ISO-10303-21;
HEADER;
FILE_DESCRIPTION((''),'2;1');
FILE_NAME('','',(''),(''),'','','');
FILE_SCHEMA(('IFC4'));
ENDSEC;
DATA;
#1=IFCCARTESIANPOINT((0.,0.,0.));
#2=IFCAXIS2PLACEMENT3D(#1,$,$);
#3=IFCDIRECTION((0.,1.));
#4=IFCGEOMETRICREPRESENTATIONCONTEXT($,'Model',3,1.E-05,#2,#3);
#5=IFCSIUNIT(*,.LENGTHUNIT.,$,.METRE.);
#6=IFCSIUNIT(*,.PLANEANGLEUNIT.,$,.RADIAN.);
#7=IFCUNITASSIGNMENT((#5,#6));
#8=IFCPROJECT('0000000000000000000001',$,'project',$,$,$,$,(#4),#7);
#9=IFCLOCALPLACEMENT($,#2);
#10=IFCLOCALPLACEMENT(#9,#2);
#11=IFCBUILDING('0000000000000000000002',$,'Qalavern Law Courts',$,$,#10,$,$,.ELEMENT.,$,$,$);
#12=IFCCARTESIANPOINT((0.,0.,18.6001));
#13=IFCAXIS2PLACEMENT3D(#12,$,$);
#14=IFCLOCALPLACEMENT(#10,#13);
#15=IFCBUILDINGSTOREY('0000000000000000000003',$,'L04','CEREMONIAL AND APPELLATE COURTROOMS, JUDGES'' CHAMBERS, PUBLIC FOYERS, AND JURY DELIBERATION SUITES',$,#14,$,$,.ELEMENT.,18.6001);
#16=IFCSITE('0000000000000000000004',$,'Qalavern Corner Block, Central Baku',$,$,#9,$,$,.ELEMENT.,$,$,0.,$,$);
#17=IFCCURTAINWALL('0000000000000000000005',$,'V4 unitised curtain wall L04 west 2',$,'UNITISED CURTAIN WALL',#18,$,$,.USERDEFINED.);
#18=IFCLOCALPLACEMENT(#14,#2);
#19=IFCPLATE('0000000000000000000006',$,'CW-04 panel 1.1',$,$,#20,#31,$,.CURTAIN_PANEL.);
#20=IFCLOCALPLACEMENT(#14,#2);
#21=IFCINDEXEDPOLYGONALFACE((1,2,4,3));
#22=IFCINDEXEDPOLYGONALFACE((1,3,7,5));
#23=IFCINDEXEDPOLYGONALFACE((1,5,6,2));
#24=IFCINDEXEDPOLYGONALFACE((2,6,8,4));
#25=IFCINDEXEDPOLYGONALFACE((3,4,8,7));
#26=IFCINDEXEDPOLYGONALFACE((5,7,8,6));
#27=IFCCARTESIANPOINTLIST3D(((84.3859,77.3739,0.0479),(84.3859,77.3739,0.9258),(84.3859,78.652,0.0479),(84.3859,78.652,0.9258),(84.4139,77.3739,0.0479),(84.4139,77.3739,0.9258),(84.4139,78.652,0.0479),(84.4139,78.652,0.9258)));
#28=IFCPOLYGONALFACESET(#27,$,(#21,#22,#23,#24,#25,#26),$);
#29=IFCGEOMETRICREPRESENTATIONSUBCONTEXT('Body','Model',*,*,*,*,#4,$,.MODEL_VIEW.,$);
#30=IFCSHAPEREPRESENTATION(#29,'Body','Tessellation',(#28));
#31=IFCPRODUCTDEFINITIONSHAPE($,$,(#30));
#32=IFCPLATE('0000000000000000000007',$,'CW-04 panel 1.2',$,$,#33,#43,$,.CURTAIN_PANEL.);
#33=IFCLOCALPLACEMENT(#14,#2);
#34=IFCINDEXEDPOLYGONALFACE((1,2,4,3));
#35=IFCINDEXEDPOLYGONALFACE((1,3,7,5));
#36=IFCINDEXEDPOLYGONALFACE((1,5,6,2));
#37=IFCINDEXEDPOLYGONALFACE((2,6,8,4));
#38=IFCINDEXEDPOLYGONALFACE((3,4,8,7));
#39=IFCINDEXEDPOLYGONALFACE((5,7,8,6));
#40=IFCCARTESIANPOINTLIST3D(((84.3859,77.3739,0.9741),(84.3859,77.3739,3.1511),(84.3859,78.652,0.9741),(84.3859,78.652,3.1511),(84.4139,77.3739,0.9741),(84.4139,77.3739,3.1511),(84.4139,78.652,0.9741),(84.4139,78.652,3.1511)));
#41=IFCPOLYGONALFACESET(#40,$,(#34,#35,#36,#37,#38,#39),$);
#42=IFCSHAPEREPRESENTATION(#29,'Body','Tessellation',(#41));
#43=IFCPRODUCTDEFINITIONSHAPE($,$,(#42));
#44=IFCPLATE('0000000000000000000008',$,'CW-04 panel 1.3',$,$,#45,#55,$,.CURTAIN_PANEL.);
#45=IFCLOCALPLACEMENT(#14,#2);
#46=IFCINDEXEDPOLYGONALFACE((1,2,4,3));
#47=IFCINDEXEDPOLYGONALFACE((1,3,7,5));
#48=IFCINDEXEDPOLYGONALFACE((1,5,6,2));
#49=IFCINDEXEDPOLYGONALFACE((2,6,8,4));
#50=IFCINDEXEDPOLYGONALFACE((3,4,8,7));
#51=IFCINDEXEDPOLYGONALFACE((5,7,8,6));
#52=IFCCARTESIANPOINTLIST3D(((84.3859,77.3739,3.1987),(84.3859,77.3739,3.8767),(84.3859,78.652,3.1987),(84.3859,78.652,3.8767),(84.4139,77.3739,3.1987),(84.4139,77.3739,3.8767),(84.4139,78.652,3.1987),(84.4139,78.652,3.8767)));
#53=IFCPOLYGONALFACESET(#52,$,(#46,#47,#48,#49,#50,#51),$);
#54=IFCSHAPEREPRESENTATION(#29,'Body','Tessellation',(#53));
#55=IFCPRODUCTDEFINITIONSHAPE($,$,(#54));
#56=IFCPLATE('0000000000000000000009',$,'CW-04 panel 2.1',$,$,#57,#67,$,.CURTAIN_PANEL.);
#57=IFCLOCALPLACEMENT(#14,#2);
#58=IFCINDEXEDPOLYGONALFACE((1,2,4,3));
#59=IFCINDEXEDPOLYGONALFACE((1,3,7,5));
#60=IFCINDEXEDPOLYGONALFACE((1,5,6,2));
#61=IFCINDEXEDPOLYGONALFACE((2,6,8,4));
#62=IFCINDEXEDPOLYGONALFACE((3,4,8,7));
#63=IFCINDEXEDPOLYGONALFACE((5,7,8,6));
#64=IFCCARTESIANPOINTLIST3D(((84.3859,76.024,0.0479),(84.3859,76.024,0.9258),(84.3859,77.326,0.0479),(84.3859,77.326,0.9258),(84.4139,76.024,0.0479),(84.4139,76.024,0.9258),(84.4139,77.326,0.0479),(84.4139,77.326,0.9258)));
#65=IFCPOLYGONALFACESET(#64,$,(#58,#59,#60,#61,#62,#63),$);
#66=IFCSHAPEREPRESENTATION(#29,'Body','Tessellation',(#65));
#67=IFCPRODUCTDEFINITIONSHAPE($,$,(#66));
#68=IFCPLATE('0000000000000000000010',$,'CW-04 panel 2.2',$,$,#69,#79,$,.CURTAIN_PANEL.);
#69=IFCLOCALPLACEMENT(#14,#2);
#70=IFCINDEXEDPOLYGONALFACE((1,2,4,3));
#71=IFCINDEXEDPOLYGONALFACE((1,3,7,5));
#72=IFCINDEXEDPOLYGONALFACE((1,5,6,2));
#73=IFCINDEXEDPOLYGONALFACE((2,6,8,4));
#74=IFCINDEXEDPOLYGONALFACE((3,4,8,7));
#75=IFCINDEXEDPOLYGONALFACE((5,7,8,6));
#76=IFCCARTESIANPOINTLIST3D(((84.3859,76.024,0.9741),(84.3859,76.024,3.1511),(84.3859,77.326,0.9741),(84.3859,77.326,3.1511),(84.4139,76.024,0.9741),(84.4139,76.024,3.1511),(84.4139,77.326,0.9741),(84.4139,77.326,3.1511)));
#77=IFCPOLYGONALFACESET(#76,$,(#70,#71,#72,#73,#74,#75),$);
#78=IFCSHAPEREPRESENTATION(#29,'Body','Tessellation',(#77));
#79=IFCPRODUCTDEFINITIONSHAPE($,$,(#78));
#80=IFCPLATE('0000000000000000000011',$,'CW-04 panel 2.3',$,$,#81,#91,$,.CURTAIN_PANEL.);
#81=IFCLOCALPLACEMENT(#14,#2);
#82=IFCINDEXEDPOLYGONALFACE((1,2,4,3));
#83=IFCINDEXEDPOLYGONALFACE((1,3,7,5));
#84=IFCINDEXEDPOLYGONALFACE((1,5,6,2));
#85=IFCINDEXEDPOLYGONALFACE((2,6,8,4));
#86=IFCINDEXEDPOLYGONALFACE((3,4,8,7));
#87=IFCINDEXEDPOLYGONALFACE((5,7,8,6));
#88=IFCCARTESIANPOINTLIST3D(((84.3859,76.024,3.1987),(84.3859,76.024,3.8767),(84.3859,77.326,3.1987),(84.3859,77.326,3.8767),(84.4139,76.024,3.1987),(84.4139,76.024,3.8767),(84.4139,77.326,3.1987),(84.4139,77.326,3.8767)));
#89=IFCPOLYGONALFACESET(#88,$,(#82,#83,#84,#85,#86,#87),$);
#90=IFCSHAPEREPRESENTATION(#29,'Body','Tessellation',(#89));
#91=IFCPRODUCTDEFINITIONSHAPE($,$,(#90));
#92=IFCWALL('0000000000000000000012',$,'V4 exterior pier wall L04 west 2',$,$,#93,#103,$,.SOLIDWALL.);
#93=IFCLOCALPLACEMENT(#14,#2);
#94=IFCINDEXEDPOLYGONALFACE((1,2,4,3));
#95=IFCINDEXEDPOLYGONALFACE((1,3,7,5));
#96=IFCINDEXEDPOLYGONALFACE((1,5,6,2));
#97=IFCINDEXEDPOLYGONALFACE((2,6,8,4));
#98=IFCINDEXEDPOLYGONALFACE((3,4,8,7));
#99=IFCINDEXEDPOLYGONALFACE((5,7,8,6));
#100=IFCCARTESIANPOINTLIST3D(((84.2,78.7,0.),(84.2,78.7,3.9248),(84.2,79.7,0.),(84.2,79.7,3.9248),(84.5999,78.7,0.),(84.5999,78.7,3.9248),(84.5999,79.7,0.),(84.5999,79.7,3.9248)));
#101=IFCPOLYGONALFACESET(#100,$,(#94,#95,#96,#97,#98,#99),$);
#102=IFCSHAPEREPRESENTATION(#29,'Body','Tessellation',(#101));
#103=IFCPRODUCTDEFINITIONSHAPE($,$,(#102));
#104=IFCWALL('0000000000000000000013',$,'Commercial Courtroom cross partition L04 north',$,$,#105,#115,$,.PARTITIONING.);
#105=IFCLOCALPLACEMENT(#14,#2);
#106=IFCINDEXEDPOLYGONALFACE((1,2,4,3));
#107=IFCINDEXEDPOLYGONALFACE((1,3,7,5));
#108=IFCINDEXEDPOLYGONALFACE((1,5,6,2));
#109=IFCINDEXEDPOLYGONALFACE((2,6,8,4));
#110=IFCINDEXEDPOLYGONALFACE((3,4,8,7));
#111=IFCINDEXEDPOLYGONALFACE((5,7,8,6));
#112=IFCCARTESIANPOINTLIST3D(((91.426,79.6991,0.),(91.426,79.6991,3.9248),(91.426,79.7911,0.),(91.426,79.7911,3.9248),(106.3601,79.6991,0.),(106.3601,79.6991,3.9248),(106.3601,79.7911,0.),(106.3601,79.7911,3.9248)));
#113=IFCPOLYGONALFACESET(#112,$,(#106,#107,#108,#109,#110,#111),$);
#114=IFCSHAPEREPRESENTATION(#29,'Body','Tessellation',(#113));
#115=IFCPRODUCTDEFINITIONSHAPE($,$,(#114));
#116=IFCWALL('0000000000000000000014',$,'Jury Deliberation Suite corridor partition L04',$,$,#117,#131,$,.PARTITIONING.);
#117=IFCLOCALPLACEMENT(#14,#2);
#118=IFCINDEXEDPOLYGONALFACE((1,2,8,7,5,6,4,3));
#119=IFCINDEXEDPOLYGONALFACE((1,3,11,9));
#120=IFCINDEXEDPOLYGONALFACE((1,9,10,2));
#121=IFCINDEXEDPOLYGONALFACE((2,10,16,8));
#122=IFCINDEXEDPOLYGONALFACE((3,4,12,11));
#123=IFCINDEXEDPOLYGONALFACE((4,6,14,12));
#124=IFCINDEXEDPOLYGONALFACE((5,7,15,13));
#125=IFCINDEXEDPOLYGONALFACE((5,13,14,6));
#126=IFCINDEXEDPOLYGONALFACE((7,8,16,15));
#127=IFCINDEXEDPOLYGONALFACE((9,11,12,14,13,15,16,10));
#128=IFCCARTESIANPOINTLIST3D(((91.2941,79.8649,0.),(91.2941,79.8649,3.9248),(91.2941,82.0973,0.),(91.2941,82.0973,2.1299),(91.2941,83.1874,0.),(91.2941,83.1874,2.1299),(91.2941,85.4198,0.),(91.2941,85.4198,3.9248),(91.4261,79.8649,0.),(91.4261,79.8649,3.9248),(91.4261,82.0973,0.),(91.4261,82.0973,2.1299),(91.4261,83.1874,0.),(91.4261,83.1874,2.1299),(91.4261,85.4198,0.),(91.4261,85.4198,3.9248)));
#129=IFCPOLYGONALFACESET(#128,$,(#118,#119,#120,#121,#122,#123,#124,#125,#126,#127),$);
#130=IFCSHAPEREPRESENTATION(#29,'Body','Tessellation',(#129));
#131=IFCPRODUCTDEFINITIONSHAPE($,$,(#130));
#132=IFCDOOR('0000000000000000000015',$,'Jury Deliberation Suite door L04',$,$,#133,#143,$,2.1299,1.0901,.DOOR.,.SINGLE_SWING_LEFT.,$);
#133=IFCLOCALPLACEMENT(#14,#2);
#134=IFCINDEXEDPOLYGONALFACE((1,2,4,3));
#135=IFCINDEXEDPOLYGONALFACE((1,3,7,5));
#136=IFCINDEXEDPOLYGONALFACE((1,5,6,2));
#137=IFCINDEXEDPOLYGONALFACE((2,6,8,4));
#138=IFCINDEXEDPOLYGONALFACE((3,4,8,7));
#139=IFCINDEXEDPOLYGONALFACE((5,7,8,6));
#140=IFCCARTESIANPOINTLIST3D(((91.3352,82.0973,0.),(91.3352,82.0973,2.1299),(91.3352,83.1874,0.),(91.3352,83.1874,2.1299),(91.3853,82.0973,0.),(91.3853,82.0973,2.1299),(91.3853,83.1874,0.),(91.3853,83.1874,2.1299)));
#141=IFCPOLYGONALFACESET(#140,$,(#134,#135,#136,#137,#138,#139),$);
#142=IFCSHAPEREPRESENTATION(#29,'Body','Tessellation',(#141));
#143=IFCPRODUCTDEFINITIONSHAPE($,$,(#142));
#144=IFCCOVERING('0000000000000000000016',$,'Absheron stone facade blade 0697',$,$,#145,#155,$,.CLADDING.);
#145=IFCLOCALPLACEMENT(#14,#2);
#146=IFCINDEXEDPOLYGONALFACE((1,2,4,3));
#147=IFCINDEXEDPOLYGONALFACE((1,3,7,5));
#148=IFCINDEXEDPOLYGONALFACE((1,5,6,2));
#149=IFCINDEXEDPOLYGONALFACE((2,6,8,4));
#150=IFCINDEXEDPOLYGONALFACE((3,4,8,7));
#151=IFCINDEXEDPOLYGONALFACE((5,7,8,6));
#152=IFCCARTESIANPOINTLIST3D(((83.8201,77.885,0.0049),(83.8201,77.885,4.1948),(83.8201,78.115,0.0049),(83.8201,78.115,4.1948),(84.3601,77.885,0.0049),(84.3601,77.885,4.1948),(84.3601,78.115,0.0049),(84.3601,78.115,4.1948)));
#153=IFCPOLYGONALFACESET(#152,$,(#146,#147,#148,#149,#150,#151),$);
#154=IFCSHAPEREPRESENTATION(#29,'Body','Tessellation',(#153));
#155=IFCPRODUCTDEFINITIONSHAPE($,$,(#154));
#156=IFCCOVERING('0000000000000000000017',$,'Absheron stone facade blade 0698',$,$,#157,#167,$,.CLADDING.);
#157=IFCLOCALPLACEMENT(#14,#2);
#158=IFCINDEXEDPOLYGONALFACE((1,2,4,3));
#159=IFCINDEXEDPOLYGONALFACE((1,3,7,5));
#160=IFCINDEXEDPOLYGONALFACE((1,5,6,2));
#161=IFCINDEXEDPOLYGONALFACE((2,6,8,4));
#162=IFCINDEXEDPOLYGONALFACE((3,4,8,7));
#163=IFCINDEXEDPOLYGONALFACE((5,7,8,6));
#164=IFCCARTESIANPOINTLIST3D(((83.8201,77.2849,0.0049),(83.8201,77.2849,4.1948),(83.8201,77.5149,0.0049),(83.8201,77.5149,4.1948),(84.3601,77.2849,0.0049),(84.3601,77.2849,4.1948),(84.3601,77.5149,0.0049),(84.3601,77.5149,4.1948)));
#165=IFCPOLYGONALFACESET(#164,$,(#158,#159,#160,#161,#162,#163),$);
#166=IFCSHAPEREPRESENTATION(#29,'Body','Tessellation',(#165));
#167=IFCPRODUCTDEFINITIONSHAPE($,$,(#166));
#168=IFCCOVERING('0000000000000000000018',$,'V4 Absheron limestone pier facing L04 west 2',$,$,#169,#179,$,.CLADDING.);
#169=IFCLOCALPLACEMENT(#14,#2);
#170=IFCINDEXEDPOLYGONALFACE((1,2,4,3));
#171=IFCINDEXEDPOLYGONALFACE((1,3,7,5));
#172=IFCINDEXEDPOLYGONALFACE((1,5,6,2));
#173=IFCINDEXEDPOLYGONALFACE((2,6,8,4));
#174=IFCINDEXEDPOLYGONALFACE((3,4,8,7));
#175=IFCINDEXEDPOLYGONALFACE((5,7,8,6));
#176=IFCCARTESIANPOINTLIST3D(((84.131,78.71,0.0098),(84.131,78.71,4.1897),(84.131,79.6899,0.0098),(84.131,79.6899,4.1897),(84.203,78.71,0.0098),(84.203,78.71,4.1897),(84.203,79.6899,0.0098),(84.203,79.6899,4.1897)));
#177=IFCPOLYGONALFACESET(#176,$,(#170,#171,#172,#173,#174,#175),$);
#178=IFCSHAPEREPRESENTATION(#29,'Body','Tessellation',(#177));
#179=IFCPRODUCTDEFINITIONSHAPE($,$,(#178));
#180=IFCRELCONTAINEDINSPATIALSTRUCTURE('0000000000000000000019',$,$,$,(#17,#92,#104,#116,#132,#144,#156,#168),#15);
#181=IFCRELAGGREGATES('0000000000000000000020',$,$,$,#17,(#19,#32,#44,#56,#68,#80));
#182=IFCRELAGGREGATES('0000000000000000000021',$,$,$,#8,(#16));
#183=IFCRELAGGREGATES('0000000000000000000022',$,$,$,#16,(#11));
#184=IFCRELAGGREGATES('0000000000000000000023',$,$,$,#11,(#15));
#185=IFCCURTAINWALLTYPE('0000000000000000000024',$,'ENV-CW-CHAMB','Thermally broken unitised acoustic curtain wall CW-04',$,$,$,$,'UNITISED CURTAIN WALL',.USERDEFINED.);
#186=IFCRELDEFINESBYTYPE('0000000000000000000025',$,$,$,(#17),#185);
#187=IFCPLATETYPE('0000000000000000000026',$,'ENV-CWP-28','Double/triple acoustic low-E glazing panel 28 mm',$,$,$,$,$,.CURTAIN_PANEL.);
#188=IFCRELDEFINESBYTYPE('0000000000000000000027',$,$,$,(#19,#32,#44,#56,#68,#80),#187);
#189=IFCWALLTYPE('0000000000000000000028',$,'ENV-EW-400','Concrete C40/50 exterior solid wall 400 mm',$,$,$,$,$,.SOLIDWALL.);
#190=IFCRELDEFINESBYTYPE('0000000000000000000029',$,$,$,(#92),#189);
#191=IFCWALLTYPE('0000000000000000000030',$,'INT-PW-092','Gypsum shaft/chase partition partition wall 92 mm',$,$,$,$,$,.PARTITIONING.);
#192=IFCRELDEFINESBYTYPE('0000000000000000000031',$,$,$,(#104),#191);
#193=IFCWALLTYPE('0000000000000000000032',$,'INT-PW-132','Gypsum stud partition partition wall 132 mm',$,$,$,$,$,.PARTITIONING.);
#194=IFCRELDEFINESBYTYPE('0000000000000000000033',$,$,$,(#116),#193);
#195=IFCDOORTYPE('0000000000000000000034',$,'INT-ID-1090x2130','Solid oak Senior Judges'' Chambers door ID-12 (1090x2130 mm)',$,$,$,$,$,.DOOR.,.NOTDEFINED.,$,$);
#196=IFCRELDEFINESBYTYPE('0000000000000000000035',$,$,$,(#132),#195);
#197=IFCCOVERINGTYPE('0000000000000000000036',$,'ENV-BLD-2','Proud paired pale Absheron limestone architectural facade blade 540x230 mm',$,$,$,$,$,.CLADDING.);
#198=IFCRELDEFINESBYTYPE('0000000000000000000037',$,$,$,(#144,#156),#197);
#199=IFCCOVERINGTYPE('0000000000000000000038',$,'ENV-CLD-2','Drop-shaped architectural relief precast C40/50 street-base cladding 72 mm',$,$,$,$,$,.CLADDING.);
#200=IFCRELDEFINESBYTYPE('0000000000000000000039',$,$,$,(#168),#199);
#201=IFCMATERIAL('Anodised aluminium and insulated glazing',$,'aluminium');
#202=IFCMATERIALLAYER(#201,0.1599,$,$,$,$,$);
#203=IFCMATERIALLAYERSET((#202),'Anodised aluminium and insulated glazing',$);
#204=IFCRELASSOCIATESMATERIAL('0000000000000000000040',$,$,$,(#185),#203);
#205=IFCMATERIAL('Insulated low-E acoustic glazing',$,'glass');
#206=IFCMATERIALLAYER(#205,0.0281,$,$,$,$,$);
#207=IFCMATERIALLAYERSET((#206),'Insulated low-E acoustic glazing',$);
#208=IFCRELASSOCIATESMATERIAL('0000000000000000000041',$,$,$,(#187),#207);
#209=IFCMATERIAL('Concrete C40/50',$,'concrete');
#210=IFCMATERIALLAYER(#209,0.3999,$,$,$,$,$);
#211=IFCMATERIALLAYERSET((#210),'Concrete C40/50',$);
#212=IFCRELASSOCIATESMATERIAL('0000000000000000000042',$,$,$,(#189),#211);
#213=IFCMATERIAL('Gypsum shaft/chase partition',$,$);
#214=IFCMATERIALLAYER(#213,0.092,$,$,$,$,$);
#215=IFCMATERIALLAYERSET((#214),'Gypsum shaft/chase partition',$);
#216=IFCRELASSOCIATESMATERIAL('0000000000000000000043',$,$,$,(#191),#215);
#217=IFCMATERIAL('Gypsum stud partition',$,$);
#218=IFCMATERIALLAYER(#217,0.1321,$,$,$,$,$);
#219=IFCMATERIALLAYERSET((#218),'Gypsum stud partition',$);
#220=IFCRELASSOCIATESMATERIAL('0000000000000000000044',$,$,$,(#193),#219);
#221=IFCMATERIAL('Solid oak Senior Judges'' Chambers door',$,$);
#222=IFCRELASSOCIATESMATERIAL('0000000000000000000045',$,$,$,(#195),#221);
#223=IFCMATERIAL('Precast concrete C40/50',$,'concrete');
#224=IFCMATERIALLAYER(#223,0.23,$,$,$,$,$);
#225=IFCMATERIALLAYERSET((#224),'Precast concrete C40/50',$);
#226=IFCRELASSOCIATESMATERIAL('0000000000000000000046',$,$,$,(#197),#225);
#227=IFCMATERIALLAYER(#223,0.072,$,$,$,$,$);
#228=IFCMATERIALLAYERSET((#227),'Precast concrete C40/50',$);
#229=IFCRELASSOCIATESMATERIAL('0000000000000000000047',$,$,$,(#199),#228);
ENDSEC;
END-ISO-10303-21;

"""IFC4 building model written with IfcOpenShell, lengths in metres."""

from ifc_helpers import new_model, si_unit, direction, frame, frame_2d, origin, origin_2d, place, context, subcontext, project, spatial, rectangle, extrude, material, layer, layer_set, type_object, element, fill, aggregate, save


model = new_model("IFC4")

# Units and contexts
model_context = context("Model", 3, precision=1e-05, world=origin(), true_north=direction((0.0, 1.0)))
body_context = subcontext(model_context, "Body", "Model", "MODEL_VIEW")
ifc_project = project(units=[si_unit("LENGTHUNIT", "METRE"), si_unit("PLANEANGLEUNIT", "RADIAN")], contexts=[model_context])

# Site, building, storey
site_placement = place(None, origin())
site = spatial("IfcSite", under=ifc_project, at=site_placement, Name="Qalavern Corner Block, Central Baku", CompositionType="ELEMENT", RefElevation=0.0)
building_placement = place(site_placement, origin())
building = spatial("IfcBuilding", under=site, at=building_placement, Name="Qalavern Law Courts", CompositionType="ELEMENT")
storey_placement = place(building_placement, frame((0.0, 0.0, 18.6001)))
storey = spatial("IfcBuildingStorey", under=building, at=storey_placement, Name="L04", Description="CEREMONIAL AND APPELLATE COURTROOMS, JUDGES' CHAMBERS, PUBLIC FOYERS, AND JURY DELIBERATION SUITES", CompositionType="ELEMENT", Elevation=18.6001)

# Shared definitions
ifc_material_1 = material(Name="Anodised aluminium and insulated glazing", Category="aluminium")
ifc_layer_1 = layer(ifc_material_1, 0.1599)
ifc_layer_set_1 = layer_set([ifc_layer_1], Name="Anodised aluminium and insulated glazing")
curtain_wall_type = type_object("IfcCurtainWallType", Name="ENV-CW-CHAMB", Description="Thermally broken unitised acoustic curtain wall CW-04", ElementType="UNITISED CURTAIN WALL", PredefinedType="USERDEFINED", material=ifc_layer_set_1)

# Curtain wall
curtain_wall_1_placement = place(storey_placement, origin())
curtain_wall_1 = element("IfcCurtainWall", 1, at=curtain_wall_1_placement, inside=storey, type_object=curtain_wall_type, Name="V4 unitised curtain wall L04 west 2", ObjectType="UNITISED CURTAIN WALL", PredefinedType="USERDEFINED")

# Shared definitions
ifc_material_2 = material(Name="Concrete C40/50", Category="concrete")

# Plates
ifc_material_3 = material(Name="Insulated low-E acoustic glazing", Category="glass")
ifc_layer_2 = layer(ifc_material_3, 0.0281)
ifc_layer_set_2 = layer_set([ifc_layer_2], Name="Insulated low-E acoustic glazing")
plate_type = type_object("IfcPlateType", Name="ENV-CWP-28", Description="Double/triple acoustic low-E glazing panel 28 mm", PredefinedType="CURTAIN_PANEL", material=ifc_layer_set_2)
plate_1_placement = place(storey_placement, frame((84.3999, 78.0129, 0.0479), z_axis=(0.0, 0.0, 1.0), x_axis=(0.0, -1.0, 0.0)))
plate_1 = element("IfcPlate", 2, at=plate_1_placement, type_object=plate_type, Name="CW-04 panel 1.1", PredefinedType="CURTAIN_PANEL", context=body_context, shape_type="SweptSolid", body=[
    extrude(rectangle(XDim=1.2781, YDim=0.0281, at=origin_2d()), origin(), (0.0, 0.0, 1.0), 0.8779),
])
plate_2_placement = place(storey_placement, frame((84.3999, 78.0129, 0.9741), z_axis=(0.0, 0.0, 1.0), x_axis=(0.0, -1.0, 0.0)))
plate_2 = element("IfcPlate", 3, at=plate_2_placement, type_object=plate_type, Name="CW-04 panel 1.2", PredefinedType="CURTAIN_PANEL", context=body_context, shape_type="SweptSolid", body=[
    extrude(rectangle(XDim=1.2781, YDim=0.0281, at=origin_2d()), origin(), (0.0, 0.0, 1.0), 2.177),
])
plate_3_placement = place(storey_placement, frame((84.3999, 78.0129, 3.1987), z_axis=(0.0, 0.0, 1.0), x_axis=(0.0, -1.0, 0.0)))
plate_3 = element("IfcPlate", 4, at=plate_3_placement, type_object=plate_type, Name="CW-04 panel 1.3", PredefinedType="CURTAIN_PANEL", context=body_context, shape_type="SweptSolid", body=[
    extrude(rectangle(XDim=1.2781, YDim=0.0281, at=origin_2d()), origin(), (0.0, 0.0, 1.0), 0.678),
])
plate_4_placement = place(storey_placement, frame((84.3999, 76.675, 0.0479), z_axis=(0.0, 0.0, 1.0), x_axis=(0.0, -1.0, 0.0)))
plate_4 = element("IfcPlate", 5, at=plate_4_placement, type_object=plate_type, Name="CW-04 panel 2.1", PredefinedType="CURTAIN_PANEL", context=body_context, shape_type="SweptSolid", body=[
    extrude(rectangle(XDim=1.302, YDim=0.0281, at=origin_2d()), origin(), (0.0, 0.0, 1.0), 0.8779),
])
plate_5_placement = place(storey_placement, frame((84.3999, 76.675, 0.9741), z_axis=(0.0, 0.0, 1.0), x_axis=(0.0, -1.0, 0.0)))
plate_5 = element("IfcPlate", 6, at=plate_5_placement, type_object=plate_type, Name="CW-04 panel 2.2", PredefinedType="CURTAIN_PANEL", context=body_context, shape_type="SweptSolid", body=[
    extrude(rectangle(XDim=1.302, YDim=0.0281, at=origin_2d()), origin(), (0.0, 0.0, 1.0), 2.177),
])
plate_6_placement = place(storey_placement, frame((84.3999, 76.675, 3.1987), z_axis=(0.0, 0.0, 1.0), x_axis=(0.0, -1.0, 0.0)))
plate_6 = element("IfcPlate", 7, at=plate_6_placement, type_object=plate_type, Name="CW-04 panel 2.3", PredefinedType="CURTAIN_PANEL", context=body_context, shape_type="SweptSolid", body=[
    extrude(rectangle(XDim=1.302, YDim=0.0281, at=origin_2d()), origin(), (0.0, 0.0, 1.0), 0.678),
])
aggregate(curtain_wall_1, [plate_1, plate_2, plate_3, plate_4, plate_5, plate_6])

# Walls
ifc_layer_3 = layer(ifc_material_2, 0.3999)
ifc_layer_set_3 = layer_set([ifc_layer_3], Name="Concrete C40/50")
wall_type_1 = type_object("IfcWallType", Name="ENV-EW-400", Description="Concrete C40/50 exterior solid wall 400 mm", PredefinedType="SOLIDWALL", material=ifc_layer_set_3)
wall_1_placement = place(storey_placement, frame((84.3999, 79.7, 0.0), z_axis=(0.0, 0.0, 1.0), x_axis=(0.0, -1.0, 0.0)))
element("IfcWall", 8, at=wall_1_placement, inside=storey, type_object=wall_type_1, Name="V4 exterior pier wall L04 west 2", PredefinedType="SOLIDWALL", context=body_context, shape_type="SweptSolid", body=[
    extrude(rectangle(XDim=1.0, YDim=0.3999, at=frame_2d((0.5, 0.0))), origin(), (0.0, 0.0, 1.0), 3.9248),
])
ifc_material_4 = material(Name="Gypsum shaft/chase partition")
ifc_layer_4 = layer(ifc_material_4, 0.092)
ifc_layer_set_4 = layer_set([ifc_layer_4], Name="Gypsum shaft/chase partition")
wall_type_2 = type_object("IfcWallType", Name="INT-PW-092", Description="Gypsum shaft/chase partition partition wall 92 mm", PredefinedType="PARTITIONING", material=ifc_layer_set_4)
wall_2_placement = place(storey_placement, frame((91.426, 79.7451, 0.0), z_axis=(0.0, 0.0, 1.0), x_axis=(1.0, 0.0, 0.0)))
element("IfcWall", 9, at=wall_2_placement, inside=storey, type_object=wall_type_2, Name="Commercial Courtroom cross partition L04 north", PredefinedType="PARTITIONING", context=body_context, shape_type="SweptSolid", body=[
    extrude(rectangle(XDim=14.9341, YDim=0.092, at=frame_2d((7.467, 0.0))), origin(), (0.0, 0.0, 1.0), 3.9248),
])

# Wall, opening, door
ifc_material_5 = material(Name="Gypsum stud partition")
ifc_layer_5 = layer(ifc_material_5, 0.1321)
ifc_layer_set_5 = layer_set([ifc_layer_5], Name="Gypsum stud partition")
wall_type_3 = type_object("IfcWallType", Name="INT-PW-132", Description="Gypsum stud partition partition wall 132 mm", PredefinedType="PARTITIONING", material=ifc_layer_set_5)
wall_3_placement = place(storey_placement, frame((91.3601, 79.865, 0.0), z_axis=(0.0, 0.0, 1.0), x_axis=(0.0, 1.0, 0.0)))
wall_3 = element("IfcWall", 10, at=wall_3_placement, inside=storey, type_object=wall_type_3, Name="Jury Deliberation Suite corridor partition L04", PredefinedType="PARTITIONING", context=body_context, shape_type="SweptSolid", body=[
    extrude(rectangle(XDim=5.5549, YDim=0.1321, at=frame_2d((2.7773, 0.0))), origin(), (0.0, 0.0, 1.0), 3.9248),
])
opening_placement = place(wall_3_placement, frame((2.2324, 0.0, 0.0)))
opening = element("IfcOpeningElement", 11, at=opening_placement, cuts=wall_3, PredefinedType="OPENING", context=body_context, shape_type="SweptSolid", body=[
    extrude(rectangle(XDim=1.0901, YDim=2.1299, at=frame_2d((0.5449, 1.0649))), frame((0.0, 0.0811, 0.0), z_axis=(0.0, -1.0, 0.0), x_axis=(1.0, 0.0, 0.0)), (0.0, 0.0, 1.0), 0.1619),
])
ifc_material_6 = material(Name="Solid oak Senior Judges' Chambers door")
door_type = type_object("IfcDoorType", Name="INT-ID-1090x2130", Description="Solid oak Senior Judges' Chambers door ID-12 (1090x2130 mm)", OperationType="NOTDEFINED", PredefinedType="DOOR", material=ifc_material_6)
door_placement = place(opening_placement, origin())
door = element("IfcDoor", 12, at=door_placement, inside=storey, type_object=door_type, Name="Jury Deliberation Suite door L04", OperationType="SINGLE_SWING_LEFT", OverallHeight=2.1299, OverallWidth=1.0901, PredefinedType="DOOR", context=body_context, shape_type="SweptSolid", body=[
    extrude(rectangle(XDim=1.0901, YDim=2.1299, at=frame_2d((0.5449, 1.0649))), frame((0.0, 0.0249, 0.0), z_axis=(0.0, -1.0, 0.0), x_axis=(1.0, 0.0, 0.0)), (0.0, 0.0, 1.0), 0.05),
])
fill(opening, door)

# Coverings
ifc_material_7 = material(Name="Precast concrete C40/50", Category="concrete")
ifc_layer_6 = layer(ifc_material_7, 0.23)
ifc_layer_set_6 = layer_set([ifc_layer_6], Name="Precast concrete C40/50")
covering_type_1 = type_object("IfcCoveringType", Name="ENV-BLD-2", Description="Proud paired pale Absheron limestone architectural facade blade 540x230 mm", PredefinedType="CLADDING", material=ifc_layer_set_6)
for number, where, z_axis, x_axis, name in (
    (13, (84.0901, 78.0, 0.0049), (0.0, 0.0, 1.0), (-1.0, 0.0, 0.0), "Absheron stone facade blade 0697"),
    (14, (84.0901, 77.3999, 0.0049), (0.0, 0.0, 1.0), (-1.0, 0.0, 0.0), "Absheron stone facade blade 0698"),
):
    element("IfcCovering", number, at=place(storey_placement, frame(where, z_axis=z_axis, x_axis=x_axis)), inside=storey, type_object=covering_type_1, Name=name, PredefinedType="CLADDING", context=body_context, shape_type="SweptSolid", body=[
        extrude(rectangle(XDim=0.54, YDim=0.23, at=origin_2d()), origin(), (0.0, 0.0, 1.0), 4.1899),
    ])
ifc_layer_7 = layer(ifc_material_7, 0.072)
ifc_layer_set_7 = layer_set([ifc_layer_7], Name="Precast concrete C40/50")
covering_type_2 = type_object("IfcCoveringType", Name="ENV-CLD-2", Description="Drop-shaped architectural relief precast C40/50 street-base cladding 72 mm", PredefinedType="CLADDING", material=ifc_layer_set_7)
covering_placement = place(storey_placement, frame((84.167, 79.2, 0.0098), z_axis=(0.0, 0.0, 1.0), x_axis=(0.0, -1.0, 0.0)))
element("IfcCovering", 15, at=covering_placement, inside=storey, type_object=covering_type_2, Name="V4 Absheron limestone pier facing L04 west 2", PredefinedType="CLADDING", context=body_context, shape_type="SweptSolid", body=[
    extrude(rectangle(XDim=0.98, YDim=0.072, at=origin_2d()), origin(), (0.0, 0.0, 1.0), 4.1799),
])

save(model, "model.ifc")
